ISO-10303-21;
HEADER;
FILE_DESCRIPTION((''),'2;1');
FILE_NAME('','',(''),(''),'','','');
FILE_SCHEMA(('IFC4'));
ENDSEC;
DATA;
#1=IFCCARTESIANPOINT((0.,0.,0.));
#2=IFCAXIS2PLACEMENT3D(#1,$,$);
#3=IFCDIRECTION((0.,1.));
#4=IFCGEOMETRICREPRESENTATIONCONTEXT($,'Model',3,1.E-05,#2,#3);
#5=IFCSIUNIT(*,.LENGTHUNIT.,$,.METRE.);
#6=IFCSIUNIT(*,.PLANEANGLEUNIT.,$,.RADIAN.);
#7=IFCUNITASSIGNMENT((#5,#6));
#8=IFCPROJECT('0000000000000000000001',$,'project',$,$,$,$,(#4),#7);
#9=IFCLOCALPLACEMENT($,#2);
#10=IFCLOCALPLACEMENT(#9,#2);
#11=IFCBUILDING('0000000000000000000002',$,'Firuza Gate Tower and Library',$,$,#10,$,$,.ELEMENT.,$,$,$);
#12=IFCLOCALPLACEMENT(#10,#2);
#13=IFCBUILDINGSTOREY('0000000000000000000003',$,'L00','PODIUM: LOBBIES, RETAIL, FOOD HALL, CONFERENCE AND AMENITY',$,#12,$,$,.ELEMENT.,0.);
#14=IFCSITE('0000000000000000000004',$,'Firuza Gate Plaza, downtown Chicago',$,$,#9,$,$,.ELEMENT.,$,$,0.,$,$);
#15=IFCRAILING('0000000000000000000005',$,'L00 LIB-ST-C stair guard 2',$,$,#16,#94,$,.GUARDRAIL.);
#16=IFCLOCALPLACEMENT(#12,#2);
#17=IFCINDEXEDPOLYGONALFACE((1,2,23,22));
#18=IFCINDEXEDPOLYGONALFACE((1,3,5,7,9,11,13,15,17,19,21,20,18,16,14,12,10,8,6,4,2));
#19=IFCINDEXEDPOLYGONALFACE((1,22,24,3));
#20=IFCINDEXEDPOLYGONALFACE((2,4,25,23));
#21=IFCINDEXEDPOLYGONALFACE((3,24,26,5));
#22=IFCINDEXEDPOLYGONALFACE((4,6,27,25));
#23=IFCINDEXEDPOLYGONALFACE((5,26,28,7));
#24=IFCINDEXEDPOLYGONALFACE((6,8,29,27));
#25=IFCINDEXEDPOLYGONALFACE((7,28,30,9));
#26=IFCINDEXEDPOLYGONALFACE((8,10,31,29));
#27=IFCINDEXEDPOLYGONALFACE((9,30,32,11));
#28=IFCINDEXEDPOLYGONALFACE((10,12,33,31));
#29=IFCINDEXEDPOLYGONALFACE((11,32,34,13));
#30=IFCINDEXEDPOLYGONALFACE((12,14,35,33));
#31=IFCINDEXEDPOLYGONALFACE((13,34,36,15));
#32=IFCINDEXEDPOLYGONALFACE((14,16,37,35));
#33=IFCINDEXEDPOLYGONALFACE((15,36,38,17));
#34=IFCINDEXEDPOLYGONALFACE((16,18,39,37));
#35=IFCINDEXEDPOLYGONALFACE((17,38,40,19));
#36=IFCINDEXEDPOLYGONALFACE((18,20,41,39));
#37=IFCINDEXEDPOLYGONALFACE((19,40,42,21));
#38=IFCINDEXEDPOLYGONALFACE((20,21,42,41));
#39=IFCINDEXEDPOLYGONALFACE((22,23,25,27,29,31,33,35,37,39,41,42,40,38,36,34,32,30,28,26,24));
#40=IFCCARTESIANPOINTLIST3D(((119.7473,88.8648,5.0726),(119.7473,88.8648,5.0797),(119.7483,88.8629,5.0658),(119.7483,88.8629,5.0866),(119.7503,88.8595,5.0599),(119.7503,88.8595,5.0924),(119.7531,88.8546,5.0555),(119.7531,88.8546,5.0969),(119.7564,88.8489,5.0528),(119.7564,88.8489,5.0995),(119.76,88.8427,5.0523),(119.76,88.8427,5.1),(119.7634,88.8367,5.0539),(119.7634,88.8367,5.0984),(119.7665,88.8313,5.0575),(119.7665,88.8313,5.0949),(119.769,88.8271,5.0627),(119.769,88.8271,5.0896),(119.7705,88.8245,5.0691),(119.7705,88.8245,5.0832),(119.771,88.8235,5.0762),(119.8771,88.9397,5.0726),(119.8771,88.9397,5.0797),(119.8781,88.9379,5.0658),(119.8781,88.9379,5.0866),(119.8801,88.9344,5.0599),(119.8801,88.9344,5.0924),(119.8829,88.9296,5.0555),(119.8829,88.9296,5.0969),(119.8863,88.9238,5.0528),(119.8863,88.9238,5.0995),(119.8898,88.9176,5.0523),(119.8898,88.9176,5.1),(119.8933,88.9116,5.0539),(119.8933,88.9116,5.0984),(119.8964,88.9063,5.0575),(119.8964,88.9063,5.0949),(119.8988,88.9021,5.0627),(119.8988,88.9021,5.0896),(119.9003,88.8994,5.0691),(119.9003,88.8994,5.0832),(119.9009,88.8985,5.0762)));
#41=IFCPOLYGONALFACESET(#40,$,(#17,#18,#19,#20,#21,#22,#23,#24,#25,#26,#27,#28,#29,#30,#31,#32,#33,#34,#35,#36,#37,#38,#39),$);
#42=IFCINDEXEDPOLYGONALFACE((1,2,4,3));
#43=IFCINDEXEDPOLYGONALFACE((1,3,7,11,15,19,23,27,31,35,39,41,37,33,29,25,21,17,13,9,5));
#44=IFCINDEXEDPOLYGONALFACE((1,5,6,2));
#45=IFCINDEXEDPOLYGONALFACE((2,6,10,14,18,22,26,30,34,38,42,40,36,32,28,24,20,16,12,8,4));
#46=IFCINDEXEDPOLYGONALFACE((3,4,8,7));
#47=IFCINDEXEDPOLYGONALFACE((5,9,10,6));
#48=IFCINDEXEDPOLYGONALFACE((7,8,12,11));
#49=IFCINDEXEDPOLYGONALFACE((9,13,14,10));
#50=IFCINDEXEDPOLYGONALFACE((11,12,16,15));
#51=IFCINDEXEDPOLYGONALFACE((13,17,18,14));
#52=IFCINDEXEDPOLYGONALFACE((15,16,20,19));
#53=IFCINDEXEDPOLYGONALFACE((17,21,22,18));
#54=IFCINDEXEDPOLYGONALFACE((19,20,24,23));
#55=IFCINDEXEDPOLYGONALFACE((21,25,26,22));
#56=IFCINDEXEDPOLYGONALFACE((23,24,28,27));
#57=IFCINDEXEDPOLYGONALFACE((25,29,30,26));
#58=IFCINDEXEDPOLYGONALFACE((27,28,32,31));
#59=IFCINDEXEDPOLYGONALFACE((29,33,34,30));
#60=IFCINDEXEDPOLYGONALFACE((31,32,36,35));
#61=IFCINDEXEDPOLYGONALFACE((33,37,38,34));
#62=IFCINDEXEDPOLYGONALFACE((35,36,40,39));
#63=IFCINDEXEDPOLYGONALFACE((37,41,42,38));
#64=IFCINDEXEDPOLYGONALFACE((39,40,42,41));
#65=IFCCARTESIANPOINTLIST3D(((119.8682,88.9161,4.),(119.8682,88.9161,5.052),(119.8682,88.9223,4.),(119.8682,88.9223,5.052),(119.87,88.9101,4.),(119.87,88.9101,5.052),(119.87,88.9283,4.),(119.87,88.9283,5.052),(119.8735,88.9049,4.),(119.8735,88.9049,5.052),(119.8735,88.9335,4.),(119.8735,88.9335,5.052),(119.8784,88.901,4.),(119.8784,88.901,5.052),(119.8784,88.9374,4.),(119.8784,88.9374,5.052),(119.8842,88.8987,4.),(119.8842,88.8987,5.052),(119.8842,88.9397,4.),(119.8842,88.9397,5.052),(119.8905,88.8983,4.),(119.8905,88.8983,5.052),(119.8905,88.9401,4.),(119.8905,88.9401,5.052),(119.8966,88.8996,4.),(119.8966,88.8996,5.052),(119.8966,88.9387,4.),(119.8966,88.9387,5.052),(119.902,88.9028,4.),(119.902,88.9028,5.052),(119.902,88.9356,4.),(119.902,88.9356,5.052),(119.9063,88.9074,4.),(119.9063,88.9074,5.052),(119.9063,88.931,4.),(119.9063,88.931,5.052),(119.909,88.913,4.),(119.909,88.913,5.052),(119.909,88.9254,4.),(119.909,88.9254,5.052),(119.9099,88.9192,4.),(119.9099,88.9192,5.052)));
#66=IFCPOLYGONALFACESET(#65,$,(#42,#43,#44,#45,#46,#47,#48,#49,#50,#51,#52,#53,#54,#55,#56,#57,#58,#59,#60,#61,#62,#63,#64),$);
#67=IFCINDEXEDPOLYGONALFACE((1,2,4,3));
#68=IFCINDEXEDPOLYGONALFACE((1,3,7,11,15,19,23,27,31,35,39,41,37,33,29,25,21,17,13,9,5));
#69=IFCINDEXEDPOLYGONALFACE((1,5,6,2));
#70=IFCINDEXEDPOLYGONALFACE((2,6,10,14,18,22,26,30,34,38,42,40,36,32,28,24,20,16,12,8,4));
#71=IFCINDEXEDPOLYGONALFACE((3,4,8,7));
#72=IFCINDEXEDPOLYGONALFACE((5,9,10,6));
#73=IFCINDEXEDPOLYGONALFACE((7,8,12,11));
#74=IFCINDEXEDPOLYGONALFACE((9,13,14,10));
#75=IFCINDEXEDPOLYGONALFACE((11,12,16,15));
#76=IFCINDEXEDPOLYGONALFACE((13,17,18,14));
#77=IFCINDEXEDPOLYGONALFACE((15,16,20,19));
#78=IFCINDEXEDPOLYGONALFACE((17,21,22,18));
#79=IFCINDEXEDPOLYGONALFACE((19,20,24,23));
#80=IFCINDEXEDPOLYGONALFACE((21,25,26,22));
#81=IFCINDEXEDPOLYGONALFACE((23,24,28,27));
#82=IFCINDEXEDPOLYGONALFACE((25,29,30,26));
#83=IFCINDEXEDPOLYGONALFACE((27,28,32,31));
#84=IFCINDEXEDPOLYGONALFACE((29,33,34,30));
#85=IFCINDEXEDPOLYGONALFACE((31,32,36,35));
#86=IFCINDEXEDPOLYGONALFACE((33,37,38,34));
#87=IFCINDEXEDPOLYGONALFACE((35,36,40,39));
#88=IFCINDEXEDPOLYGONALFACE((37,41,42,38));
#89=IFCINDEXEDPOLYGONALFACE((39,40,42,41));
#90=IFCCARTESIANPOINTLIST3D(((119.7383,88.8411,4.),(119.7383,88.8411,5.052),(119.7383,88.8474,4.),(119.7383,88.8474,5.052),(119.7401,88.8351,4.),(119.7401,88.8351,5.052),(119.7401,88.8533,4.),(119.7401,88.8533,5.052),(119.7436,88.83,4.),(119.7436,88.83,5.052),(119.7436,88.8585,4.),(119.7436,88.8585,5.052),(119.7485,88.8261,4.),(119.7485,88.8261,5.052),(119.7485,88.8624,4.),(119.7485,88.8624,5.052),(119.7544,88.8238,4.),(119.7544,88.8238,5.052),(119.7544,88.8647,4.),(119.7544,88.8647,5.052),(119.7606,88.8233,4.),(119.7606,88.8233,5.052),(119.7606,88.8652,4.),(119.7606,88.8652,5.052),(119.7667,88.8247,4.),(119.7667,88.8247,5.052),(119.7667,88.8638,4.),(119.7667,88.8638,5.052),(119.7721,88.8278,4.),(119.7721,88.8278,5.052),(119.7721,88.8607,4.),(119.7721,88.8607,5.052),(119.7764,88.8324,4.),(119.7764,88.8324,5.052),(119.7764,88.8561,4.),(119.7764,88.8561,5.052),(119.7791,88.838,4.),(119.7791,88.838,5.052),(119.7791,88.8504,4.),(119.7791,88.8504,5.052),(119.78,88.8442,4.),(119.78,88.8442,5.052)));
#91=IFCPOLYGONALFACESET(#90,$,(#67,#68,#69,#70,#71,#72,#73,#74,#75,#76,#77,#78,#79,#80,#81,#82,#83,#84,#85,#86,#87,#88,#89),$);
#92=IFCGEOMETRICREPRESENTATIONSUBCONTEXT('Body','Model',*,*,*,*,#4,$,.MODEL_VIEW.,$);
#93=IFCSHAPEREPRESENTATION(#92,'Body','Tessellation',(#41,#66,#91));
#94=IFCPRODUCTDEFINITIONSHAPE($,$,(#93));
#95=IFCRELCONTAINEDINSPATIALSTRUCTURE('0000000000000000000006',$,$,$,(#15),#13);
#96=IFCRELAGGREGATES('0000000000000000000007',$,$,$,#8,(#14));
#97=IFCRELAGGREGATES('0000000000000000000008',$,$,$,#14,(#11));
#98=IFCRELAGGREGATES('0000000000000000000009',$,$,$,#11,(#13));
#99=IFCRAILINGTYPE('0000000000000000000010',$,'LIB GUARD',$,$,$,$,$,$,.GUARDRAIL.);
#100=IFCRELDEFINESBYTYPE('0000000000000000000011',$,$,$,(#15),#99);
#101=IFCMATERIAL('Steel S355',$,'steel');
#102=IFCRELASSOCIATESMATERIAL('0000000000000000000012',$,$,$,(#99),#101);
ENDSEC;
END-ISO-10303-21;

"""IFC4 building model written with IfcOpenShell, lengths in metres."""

from ifc_helpers import new_model, si_unit, direction, frame, origin, origin_2d, place, context, subcontext, project, spatial, circle, extrude, material, type_object, element, save


model = new_model("IFC4")

# Units and contexts
model_context = context("Model", 3, precision=1e-05, world=origin(), true_north=direction((0.0, 1.0)))
body_context = subcontext(model_context, "Body", "Model", "MODEL_VIEW")
ifc_project = project(units=[si_unit("LENGTHUNIT", "METRE"), si_unit("PLANEANGLEUNIT", "RADIAN")], contexts=[model_context])

# Site, building, storey
site_placement = place(None, origin())
site = spatial("IfcSite", under=ifc_project, at=site_placement, Name="Firuza Gate Plaza, downtown Chicago", CompositionType="ELEMENT", RefElevation=0.0)
building_placement = place(site_placement, origin())
building = spatial("IfcBuilding", under=site, at=building_placement, Name="Firuza Gate Tower and Library", CompositionType="ELEMENT")
storey_placement = place(building_placement, origin())
storey = spatial("IfcBuildingStorey", under=building, at=storey_placement, Name="L00", Description="PODIUM: LOBBIES, RETAIL, FOOD HALL, CONFERENCE AND AMENITY", CompositionType="ELEMENT", Elevation=0.0)

# Railing
ifc_material_1 = material(Name="Steel S355", Category="steel")
railing_type_1 = type_object("IfcRailingType", Name="LIB GUARD", PredefinedType="GUARDRAIL", material=ifc_material_1)
railing_1_placement = place(storey_placement, frame((119.8889, 88.9192, 4.0)))
element("IfcRailing", 1, at=railing_1_placement, inside=storey, type_object=railing_type_1, Name="L00 LIB-ST-C stair guard 2", PredefinedType="GUARDRAIL", context=body_context, shape_type="SweptSolid", body=[
    extrude(circle(Radius=0.0239, at=origin_2d()), frame((0.0, 0.0, 1.0762), z_axis=(-0.866131, -0.499816, 0.0), x_axis=(0.499816, -0.866131, 0.0)), (0.0, 0.0, 1.0), 0.1499),
    extrude(circle(Radius=0.021, at=origin_2d()), origin(), (0.0, 0.0, 1.0), 1.052),
    extrude(circle(Radius=0.021, at=origin_2d()), frame((-0.1299, -0.075, 0.0)), (0.0, 0.0, 1.0), 1.052),
])

save(model, "model.ifc")
